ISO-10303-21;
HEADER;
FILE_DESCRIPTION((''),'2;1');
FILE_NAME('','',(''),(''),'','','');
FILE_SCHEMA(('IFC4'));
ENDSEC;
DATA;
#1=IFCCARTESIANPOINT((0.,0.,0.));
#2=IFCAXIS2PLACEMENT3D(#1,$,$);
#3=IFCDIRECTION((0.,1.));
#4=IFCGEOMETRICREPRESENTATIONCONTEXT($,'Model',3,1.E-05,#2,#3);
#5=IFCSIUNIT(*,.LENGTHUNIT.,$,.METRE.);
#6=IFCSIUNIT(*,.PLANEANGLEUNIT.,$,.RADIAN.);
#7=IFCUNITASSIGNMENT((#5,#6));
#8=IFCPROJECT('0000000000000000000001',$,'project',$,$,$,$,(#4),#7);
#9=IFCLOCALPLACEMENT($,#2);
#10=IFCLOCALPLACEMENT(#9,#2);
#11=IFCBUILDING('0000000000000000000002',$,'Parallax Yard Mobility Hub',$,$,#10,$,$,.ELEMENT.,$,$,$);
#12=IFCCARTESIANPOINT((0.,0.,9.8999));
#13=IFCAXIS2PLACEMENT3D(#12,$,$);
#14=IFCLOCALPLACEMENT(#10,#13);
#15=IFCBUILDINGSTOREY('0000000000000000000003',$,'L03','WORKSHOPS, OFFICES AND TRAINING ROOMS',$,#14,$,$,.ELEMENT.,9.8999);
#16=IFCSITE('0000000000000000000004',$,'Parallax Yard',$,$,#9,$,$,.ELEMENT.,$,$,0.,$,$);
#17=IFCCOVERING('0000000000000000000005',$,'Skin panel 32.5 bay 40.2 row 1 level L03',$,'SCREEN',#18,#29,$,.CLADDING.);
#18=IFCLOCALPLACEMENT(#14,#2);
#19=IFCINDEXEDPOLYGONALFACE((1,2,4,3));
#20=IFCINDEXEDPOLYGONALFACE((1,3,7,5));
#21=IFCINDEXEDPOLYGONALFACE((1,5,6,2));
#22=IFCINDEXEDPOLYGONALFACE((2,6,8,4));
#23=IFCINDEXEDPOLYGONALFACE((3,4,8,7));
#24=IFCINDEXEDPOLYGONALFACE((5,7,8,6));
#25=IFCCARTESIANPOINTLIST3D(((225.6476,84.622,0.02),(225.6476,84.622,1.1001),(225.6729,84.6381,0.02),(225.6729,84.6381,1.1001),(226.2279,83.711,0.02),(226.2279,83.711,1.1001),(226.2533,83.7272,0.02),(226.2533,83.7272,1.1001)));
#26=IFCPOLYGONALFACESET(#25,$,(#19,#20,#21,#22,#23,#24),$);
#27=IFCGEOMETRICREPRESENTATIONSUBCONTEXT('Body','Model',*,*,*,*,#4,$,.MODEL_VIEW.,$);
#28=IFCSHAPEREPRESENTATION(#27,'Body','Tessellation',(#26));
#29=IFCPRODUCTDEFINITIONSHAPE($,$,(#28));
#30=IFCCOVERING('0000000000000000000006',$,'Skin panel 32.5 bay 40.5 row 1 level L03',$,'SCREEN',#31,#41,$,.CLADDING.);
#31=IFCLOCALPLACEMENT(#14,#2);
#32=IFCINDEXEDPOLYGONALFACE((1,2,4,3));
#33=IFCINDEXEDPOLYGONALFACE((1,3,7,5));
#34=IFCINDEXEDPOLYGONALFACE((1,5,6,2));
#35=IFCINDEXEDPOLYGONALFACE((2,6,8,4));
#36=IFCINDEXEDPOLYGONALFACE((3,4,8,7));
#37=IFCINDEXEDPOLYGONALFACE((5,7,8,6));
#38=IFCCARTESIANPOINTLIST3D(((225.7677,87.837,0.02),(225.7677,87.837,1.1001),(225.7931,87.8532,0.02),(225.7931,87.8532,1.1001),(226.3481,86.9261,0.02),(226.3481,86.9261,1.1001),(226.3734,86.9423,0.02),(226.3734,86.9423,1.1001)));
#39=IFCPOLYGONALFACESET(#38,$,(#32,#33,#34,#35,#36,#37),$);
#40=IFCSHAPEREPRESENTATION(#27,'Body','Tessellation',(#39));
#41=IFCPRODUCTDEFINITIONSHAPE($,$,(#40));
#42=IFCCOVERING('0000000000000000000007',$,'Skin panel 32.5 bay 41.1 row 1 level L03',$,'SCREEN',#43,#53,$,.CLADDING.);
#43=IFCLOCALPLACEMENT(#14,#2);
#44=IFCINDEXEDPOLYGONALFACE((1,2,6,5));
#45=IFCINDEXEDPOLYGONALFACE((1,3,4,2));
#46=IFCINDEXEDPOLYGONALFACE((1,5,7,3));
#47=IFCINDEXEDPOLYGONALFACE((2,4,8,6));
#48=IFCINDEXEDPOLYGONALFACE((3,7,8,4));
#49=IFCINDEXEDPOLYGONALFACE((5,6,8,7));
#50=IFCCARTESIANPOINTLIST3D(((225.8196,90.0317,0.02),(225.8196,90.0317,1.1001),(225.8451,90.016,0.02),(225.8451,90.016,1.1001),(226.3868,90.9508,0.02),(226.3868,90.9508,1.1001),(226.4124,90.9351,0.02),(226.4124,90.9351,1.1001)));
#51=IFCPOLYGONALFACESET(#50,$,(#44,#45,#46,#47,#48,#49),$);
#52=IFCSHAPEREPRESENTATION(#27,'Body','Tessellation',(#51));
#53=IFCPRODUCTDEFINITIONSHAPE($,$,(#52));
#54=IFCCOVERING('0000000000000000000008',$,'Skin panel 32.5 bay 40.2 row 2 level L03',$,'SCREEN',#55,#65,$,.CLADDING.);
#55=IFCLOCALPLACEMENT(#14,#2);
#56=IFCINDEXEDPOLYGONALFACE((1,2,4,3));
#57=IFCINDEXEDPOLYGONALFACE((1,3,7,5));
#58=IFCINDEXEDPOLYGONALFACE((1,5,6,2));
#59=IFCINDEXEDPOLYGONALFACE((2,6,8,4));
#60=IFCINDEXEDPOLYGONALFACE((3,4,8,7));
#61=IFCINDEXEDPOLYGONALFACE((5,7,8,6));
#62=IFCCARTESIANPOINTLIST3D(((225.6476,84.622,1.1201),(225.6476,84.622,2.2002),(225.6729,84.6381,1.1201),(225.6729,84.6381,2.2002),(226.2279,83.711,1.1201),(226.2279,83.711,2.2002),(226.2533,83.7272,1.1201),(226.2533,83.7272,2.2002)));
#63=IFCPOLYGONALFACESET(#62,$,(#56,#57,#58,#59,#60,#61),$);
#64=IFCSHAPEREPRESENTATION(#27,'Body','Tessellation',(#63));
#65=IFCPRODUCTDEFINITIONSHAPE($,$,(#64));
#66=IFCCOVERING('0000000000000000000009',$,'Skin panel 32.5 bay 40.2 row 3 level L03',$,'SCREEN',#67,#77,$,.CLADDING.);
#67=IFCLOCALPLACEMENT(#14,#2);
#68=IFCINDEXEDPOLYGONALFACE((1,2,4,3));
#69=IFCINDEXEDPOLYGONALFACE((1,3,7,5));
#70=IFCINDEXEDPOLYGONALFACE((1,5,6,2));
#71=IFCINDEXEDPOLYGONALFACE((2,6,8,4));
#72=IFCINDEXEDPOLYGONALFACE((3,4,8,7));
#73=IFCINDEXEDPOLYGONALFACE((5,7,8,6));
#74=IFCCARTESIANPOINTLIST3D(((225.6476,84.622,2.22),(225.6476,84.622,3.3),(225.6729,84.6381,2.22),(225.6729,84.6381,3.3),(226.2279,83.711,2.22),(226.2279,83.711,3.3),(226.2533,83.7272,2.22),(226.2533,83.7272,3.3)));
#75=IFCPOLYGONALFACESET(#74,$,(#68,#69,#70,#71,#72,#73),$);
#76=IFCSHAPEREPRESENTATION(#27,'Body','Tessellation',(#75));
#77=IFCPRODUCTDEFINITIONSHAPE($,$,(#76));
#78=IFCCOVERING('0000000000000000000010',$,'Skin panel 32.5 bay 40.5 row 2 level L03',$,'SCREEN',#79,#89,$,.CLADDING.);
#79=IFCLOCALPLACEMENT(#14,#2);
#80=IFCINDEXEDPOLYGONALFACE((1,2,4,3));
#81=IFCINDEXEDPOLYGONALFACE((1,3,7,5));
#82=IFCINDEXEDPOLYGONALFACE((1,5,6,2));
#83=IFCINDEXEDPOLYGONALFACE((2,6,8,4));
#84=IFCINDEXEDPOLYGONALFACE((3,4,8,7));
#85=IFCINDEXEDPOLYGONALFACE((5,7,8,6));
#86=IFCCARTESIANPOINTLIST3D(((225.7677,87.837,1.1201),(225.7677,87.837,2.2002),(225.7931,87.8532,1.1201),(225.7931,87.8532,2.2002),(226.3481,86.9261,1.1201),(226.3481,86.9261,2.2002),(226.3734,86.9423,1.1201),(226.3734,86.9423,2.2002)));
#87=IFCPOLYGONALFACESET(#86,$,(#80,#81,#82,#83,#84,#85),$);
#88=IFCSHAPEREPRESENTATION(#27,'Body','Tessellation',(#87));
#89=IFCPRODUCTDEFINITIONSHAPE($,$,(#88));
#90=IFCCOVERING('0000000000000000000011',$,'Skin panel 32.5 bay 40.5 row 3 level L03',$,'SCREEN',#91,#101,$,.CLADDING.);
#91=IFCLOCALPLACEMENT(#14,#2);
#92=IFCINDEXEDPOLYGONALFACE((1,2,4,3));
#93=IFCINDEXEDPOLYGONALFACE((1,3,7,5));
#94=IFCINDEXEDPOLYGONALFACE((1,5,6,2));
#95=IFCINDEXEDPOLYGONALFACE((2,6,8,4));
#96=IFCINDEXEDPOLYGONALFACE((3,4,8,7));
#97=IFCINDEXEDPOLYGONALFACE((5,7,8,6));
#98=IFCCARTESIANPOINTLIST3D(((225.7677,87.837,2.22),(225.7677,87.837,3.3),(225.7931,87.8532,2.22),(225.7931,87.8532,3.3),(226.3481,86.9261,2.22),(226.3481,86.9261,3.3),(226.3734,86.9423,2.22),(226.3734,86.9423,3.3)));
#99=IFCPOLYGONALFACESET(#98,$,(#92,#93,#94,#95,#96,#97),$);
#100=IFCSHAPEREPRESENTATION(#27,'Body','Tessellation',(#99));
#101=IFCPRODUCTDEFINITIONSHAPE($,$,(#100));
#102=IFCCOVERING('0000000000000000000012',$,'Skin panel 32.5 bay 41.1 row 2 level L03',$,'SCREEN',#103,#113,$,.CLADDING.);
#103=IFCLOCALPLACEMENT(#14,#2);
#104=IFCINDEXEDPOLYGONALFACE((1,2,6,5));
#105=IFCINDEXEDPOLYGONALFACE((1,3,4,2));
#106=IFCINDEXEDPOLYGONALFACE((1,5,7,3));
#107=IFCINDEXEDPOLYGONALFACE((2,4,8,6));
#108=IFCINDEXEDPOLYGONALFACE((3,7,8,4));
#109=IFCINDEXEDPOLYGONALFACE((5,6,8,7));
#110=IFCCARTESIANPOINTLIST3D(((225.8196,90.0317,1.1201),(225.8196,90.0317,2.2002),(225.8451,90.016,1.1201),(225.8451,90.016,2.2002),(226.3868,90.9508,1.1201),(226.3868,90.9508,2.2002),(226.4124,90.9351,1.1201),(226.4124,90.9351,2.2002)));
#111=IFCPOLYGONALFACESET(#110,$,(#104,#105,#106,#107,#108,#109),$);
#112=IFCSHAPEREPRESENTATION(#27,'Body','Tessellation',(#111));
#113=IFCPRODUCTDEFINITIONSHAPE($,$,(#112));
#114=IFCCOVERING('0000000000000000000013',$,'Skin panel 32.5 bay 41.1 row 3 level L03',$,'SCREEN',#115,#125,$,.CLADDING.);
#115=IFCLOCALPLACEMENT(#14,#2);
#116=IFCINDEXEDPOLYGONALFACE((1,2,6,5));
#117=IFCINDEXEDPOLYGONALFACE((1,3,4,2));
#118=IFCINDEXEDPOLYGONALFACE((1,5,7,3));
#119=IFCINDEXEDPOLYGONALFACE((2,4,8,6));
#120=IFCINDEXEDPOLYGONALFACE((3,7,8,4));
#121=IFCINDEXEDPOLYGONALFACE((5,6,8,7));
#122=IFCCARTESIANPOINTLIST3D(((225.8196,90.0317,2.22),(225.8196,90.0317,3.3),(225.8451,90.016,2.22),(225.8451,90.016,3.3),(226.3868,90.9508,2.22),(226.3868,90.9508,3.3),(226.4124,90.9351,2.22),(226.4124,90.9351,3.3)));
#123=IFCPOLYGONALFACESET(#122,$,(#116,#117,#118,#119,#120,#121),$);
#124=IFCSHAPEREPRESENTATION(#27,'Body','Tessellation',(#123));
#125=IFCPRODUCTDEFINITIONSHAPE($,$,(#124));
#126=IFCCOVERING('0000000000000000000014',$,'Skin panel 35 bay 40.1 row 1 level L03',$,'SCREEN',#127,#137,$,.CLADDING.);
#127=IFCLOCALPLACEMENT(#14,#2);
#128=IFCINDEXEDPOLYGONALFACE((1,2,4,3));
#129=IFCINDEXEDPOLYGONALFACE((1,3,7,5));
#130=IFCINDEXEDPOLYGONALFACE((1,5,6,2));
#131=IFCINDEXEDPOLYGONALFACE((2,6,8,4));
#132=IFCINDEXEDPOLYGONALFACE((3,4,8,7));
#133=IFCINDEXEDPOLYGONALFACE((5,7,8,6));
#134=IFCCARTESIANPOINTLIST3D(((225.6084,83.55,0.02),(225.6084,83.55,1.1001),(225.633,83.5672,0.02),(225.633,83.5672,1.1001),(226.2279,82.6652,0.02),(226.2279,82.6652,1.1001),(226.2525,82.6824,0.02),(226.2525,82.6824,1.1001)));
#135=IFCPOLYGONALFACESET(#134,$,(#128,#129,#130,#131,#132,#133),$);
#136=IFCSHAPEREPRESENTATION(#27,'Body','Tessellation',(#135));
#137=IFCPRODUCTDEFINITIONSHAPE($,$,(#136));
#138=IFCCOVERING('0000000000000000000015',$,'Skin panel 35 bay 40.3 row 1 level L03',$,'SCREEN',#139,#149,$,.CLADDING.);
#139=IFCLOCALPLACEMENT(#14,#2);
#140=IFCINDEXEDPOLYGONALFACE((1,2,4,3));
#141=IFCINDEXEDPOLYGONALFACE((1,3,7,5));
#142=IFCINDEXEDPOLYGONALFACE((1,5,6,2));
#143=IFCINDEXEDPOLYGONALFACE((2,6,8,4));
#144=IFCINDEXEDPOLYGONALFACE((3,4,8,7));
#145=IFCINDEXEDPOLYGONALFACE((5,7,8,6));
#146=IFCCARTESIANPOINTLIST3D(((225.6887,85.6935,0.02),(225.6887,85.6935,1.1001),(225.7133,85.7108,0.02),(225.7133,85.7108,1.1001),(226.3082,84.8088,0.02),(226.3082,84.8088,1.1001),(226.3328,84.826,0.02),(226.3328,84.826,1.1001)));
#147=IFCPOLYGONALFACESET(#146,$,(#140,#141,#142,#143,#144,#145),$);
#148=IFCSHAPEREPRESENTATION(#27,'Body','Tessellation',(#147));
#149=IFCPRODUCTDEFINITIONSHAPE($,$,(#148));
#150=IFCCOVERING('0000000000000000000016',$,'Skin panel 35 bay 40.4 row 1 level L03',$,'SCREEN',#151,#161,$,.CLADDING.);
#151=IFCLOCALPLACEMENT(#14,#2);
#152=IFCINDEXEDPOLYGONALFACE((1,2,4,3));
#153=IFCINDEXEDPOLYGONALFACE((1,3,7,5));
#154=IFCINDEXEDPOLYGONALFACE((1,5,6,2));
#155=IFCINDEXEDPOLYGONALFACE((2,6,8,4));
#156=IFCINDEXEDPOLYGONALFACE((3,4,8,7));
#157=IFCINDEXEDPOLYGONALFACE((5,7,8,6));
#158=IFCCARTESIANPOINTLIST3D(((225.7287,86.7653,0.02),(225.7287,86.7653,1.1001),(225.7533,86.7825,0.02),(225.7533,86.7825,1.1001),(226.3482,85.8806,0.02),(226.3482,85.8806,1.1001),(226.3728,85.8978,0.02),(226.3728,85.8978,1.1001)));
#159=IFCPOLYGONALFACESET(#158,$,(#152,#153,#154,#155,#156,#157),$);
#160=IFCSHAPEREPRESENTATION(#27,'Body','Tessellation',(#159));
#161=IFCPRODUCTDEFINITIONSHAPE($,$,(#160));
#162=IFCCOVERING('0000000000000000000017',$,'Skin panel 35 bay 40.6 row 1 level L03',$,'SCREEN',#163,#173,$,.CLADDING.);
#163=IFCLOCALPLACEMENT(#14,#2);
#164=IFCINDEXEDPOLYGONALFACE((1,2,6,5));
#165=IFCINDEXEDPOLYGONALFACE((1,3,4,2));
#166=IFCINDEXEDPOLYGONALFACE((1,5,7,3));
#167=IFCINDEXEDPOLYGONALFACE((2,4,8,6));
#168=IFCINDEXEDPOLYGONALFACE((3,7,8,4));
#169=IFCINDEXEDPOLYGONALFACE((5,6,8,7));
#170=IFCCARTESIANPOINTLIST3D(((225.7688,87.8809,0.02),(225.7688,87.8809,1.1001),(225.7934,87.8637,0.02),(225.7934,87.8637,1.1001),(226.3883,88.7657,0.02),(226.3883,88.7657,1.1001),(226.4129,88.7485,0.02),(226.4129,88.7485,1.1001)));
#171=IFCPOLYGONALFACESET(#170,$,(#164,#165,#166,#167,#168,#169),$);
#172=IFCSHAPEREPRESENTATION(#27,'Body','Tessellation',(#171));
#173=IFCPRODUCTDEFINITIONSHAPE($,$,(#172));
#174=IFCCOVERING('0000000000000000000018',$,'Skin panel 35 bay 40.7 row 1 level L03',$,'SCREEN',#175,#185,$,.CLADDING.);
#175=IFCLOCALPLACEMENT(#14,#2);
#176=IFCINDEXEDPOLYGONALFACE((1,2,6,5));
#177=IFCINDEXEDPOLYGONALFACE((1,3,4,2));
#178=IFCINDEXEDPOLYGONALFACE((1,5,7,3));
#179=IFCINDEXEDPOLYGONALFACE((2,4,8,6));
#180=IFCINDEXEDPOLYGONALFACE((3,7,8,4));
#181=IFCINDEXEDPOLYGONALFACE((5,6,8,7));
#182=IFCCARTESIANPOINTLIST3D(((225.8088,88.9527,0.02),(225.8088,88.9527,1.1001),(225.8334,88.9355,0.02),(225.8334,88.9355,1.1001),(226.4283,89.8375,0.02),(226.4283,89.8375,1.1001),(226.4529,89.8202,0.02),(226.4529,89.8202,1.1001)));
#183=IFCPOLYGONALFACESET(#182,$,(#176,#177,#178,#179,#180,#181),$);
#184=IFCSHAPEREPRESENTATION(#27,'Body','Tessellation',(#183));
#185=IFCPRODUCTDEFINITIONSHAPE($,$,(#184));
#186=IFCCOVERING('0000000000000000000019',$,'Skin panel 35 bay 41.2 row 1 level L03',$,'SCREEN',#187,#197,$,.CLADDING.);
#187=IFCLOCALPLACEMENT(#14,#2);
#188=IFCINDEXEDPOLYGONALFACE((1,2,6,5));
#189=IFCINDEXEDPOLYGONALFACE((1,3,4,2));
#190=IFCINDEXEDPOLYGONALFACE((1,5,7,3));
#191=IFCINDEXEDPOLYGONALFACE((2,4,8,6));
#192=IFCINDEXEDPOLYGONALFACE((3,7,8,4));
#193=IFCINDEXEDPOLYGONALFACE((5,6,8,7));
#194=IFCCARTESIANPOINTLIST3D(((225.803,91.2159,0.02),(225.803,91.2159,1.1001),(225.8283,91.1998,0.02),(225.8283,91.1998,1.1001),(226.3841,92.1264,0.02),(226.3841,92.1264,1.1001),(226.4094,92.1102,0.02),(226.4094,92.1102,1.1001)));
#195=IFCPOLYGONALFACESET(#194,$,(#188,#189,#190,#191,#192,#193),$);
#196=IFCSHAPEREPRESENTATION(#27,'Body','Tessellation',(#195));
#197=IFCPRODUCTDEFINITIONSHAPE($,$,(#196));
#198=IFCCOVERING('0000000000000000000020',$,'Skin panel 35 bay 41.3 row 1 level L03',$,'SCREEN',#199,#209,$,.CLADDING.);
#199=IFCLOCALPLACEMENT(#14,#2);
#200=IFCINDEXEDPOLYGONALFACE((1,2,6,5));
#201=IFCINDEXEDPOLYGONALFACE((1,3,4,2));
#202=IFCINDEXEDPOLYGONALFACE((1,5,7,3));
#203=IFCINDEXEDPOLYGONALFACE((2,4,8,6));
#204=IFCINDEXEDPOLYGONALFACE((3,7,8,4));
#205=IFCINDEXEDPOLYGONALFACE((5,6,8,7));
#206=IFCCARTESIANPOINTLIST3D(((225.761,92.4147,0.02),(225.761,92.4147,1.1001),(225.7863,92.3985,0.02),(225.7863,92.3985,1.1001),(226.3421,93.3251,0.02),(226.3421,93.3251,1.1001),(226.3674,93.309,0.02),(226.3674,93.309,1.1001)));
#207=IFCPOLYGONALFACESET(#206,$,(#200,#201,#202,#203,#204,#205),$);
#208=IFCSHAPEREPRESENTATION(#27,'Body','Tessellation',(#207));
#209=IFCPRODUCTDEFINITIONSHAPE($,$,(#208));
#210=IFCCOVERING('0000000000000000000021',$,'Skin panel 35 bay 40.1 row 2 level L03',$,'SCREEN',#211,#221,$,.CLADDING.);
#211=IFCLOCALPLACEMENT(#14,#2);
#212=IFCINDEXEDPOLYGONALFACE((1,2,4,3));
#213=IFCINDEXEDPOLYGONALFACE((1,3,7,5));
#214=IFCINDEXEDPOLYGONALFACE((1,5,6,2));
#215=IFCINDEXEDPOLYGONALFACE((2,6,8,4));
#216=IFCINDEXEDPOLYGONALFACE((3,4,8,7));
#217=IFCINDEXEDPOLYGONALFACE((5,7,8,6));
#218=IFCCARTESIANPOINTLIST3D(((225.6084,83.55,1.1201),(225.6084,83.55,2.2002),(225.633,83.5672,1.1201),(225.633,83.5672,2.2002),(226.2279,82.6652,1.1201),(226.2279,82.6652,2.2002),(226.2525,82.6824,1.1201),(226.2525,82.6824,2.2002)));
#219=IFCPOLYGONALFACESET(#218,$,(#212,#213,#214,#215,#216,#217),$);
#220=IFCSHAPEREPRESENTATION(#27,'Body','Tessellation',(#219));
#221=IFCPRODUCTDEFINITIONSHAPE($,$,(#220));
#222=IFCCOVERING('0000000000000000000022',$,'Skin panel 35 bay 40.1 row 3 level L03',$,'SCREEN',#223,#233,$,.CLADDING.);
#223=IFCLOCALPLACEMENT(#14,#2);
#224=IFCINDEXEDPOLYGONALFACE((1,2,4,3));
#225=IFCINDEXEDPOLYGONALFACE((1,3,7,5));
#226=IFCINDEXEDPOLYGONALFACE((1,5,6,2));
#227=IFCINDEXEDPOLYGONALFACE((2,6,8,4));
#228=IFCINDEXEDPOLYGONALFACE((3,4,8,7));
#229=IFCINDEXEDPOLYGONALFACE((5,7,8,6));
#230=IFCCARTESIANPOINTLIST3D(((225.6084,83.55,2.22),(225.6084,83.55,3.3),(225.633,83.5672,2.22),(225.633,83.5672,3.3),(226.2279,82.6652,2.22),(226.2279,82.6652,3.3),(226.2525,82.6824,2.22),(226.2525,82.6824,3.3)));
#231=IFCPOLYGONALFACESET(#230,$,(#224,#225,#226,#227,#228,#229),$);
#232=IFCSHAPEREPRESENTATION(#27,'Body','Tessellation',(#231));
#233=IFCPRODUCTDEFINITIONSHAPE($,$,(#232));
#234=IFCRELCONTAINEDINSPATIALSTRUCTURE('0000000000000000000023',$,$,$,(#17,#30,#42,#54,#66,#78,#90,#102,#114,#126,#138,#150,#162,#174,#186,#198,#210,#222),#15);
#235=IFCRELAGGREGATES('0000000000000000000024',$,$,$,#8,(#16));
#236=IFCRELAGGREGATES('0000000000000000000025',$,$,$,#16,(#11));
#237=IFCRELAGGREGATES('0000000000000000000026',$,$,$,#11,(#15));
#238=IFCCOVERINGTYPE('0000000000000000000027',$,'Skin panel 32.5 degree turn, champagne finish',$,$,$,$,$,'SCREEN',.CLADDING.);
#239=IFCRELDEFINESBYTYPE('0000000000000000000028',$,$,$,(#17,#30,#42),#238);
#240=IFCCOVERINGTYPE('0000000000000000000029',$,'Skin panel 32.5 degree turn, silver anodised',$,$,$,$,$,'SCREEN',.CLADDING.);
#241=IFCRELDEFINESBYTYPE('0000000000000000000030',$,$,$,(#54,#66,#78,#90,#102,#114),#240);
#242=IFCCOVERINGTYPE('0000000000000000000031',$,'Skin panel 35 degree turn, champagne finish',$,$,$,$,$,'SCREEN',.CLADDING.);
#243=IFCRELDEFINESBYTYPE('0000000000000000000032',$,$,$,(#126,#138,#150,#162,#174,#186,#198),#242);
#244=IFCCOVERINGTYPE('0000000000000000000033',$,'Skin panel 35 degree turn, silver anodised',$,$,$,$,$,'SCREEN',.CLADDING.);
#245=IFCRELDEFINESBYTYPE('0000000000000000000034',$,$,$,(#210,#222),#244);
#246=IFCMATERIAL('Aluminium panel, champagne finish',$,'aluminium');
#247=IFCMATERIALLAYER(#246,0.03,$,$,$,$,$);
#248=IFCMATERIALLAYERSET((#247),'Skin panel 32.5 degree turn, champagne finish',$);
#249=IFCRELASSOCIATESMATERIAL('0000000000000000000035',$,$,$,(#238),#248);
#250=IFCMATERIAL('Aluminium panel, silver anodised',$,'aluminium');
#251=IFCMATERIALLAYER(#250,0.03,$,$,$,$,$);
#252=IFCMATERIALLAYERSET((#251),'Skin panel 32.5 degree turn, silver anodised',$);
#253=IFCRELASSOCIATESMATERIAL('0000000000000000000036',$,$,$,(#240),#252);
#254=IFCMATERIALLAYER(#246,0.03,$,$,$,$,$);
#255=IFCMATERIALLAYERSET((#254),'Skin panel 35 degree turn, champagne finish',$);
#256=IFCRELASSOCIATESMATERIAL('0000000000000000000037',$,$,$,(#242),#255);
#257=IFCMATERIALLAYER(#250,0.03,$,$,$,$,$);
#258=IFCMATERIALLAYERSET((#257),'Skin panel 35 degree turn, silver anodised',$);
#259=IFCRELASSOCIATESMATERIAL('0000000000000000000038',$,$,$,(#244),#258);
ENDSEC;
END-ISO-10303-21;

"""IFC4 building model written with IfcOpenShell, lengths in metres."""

from ifc_helpers import new_model, si_unit, direction, frame, origin, origin_2d, place, context, subcontext, project, spatial, rectangle, extrude, material, layer, layer_set, type_object, element, save


model = new_model("IFC4")

# Units and contexts
model_context = context("Model", 3, precision=1e-05, world=origin(), true_north=direction((0.0, 1.0)))
body_context = subcontext(model_context, "Body", "Model", "MODEL_VIEW")
ifc_project = project(units=[si_unit("LENGTHUNIT", "METRE"), si_unit("PLANEANGLEUNIT", "RADIAN")], contexts=[model_context])

# Site, building, storey
site_placement = place(None, origin())
site = spatial("IfcSite", under=ifc_project, at=site_placement, Name="Parallax Yard", CompositionType="ELEMENT", RefElevation=0.0)
building_placement = place(site_placement, origin())
building = spatial("IfcBuilding", under=site, at=building_placement, Name="Parallax Yard Mobility Hub", CompositionType="ELEMENT")
storey_placement = place(building_placement, frame((0.0, 0.0, 9.8999)))
storey = spatial("IfcBuildingStorey", under=building, at=storey_placement, Name="L03", Description="WORKSHOPS, OFFICES AND TRAINING ROOMS", CompositionType="ELEMENT", Elevation=9.8999)

# Coverings
ifc_material_1 = material(Name="Aluminium panel, champagne finish", Category="aluminium")
ifc_layer_1 = layer(ifc_material_1, 0.03)
ifc_layer_set_1 = layer_set([ifc_layer_1], Name="Skin panel 32.5 degree turn, champagne finish")
covering_type_1 = type_object("IfcCoveringType", Name="Skin panel 32.5 degree turn, champagne finish", ElementType="SCREEN", PredefinedType="CLADDING", material=ifc_layer_set_1)
for number, where, z_axis, x_axis, name in (
    (1, (225.9504, 84.1746, 0.02), (0.0, 0.0, 1.0), (0.5373, -0.843391, 0.0), "Skin panel 32.5 bay 40.2 row 1 level L03"),
    (2, (226.0706, 87.3896, 0.02), (0.0, 0.0, 1.0), (0.5373, -0.843391, 0.0), "Skin panel 32.5 bay 40.5 row 1 level L03"),
    (3, (226.116, 90.4834, 0.02), (0.0, 0.0, 1.0), (0.525201, 0.850978, 0.0), "Skin panel 32.5 bay 41.1 row 1 level L03"),
):
    element("IfcCovering", number, at=place(storey_placement, frame(where, z_axis=z_axis, x_axis=x_axis)), inside=storey, type_object=covering_type_1, Name=name, ObjectType="SCREEN", PredefinedType="CLADDING", context=body_context, shape_type="SweptSolid", body=[
        extrude(rectangle(XDim=1.0801, YDim=0.03, at=origin_2d()), origin(), (0.0, 0.0, 1.0), 1.0801),
    ])
ifc_material_2 = material(Name="Aluminium panel, silver anodised", Category="aluminium")
ifc_layer_2 = layer(ifc_material_2, 0.03)
ifc_layer_set_2 = layer_set([ifc_layer_2], Name="Skin panel 32.5 degree turn, silver anodised")
covering_type_2 = type_object("IfcCoveringType", Name="Skin panel 32.5 degree turn, silver anodised", ElementType="SCREEN", PredefinedType="CLADDING", material=ifc_layer_set_2)
for number, where, z_axis, x_axis, name in (
    (4, (225.9504, 84.1746, 1.1201), (0.0, 0.0, 1.0), (0.5373, -0.843391, 0.0), "Skin panel 32.5 bay 40.2 row 2 level L03"),
    (5, (225.9504, 84.1746, 2.22), (0.0, 0.0, 1.0), (0.5373, -0.843391, 0.0), "Skin panel 32.5 bay 40.2 row 3 level L03"),
    (6, (226.0706, 87.3896, 1.1201), (0.0, 0.0, 1.0), (0.5373, -0.843391, 0.0), "Skin panel 32.5 bay 40.5 row 2 level L03"),
    (7, (226.0706, 87.3896, 2.22), (0.0, 0.0, 1.0), (0.5373, -0.843391, 0.0), "Skin panel 32.5 bay 40.5 row 3 level L03"),
    (8, (226.116, 90.4834, 1.1201), (0.0, 0.0, 1.0), (0.525201, 0.850978, 0.0), "Skin panel 32.5 bay 41.1 row 2 level L03"),
    (9, (226.116, 90.4834, 2.22), (0.0, 0.0, 1.0), (0.525201, 0.850978, 0.0), "Skin panel 32.5 bay 41.1 row 3 level L03"),
):
    element("IfcCovering", number, at=place(storey_placement, frame(where, z_axis=z_axis, x_axis=x_axis)), inside=storey, type_object=covering_type_2, Name=name, ObjectType="SCREEN", PredefinedType="CLADDING", context=body_context, shape_type="SweptSolid", body=[
        extrude(rectangle(XDim=1.0801, YDim=0.03, at=origin_2d()), origin(), (0.0, 0.0, 1.0), 1.0801),
    ])
ifc_layer_3 = layer(ifc_material_1, 0.03)
ifc_layer_set_3 = layer_set([ifc_layer_3], Name="Skin panel 35 degree turn, champagne finish")
covering_type_3 = type_object("IfcCoveringType", Name="Skin panel 35 degree turn, champagne finish", ElementType="SCREEN", PredefinedType="CLADDING", material=ifc_layer_set_3)
for number, where, z_axis, x_axis, name in (
    (10, (225.9304, 83.1162, 0.02), (0.0, 0.0, 1.0), (0.573576, -0.819152, 0.0), "Skin panel 35 bay 40.1 row 1 level L03"),
    (11, (226.0107, 85.2598, 0.02), (0.0, 0.0, 1.0), (0.573576, -0.819152, 0.0), "Skin panel 35 bay 40.3 row 1 level L03"),
    (12, (226.0508, 86.3315, 0.02), (0.0, 0.0, 1.0), (0.573576, -0.819152, 0.0), "Skin panel 35 bay 40.4 row 1 level L03"),
    (13, (226.0908, 88.3147, 0.02), (0.0, 0.0, 1.0), (0.573576, 0.819152, 0.0), "Skin panel 35 bay 40.6 row 1 level L03"),
    (14, (226.1309, 89.3865, 0.02), (0.0, 0.0, 1.0), (0.573576, 0.819152, 0.0), "Skin panel 35 bay 40.7 row 1 level L03"),
    (15, (226.1062, 91.6631, 0.02), (0.0, 0.0, 1.0), (0.537969, 0.842964, 0.0), "Skin panel 35 bay 41.2 row 1 level L03"),
    (16, (226.0642, 92.8618, 0.02), (0.0, 0.0, 1.0), (0.537969, 0.842964, 0.0), "Skin panel 35 bay 41.3 row 1 level L03"),
):
    element("IfcCovering", number, at=place(storey_placement, frame(where, z_axis=z_axis, x_axis=x_axis)), inside=storey, type_object=covering_type_3, Name=name, ObjectType="SCREEN", PredefinedType="CLADDING", context=body_context, shape_type="SweptSolid", body=[
        extrude(rectangle(XDim=1.0801, YDim=0.03, at=origin_2d()), origin(), (0.0, 0.0, 1.0), 1.0801),
    ])
ifc_layer_4 = layer(ifc_material_2, 0.03)
ifc_layer_set_4 = layer_set([ifc_layer_4], Name="Skin panel 35 degree turn, silver anodised")
covering_type_4 = type_object("IfcCoveringType", Name="Skin panel 35 degree turn, silver anodised", ElementType="SCREEN", PredefinedType="CLADDING", material=ifc_layer_set_4)
for number, where, z_axis, x_axis, name in (
    (17, (225.9304, 83.1162, 1.1201), (0.0, 0.0, 1.0), (0.573576, -0.819152, 0.0), "Skin panel 35 bay 40.1 row 2 level L03"),
    (18, (225.9304, 83.1162, 2.22), (0.0, 0.0, 1.0), (0.573576, -0.819152, 0.0), "Skin panel 35 bay 40.1 row 3 level L03"),
):
    element("IfcCovering", number, at=place(storey_placement, frame(where, z_axis=z_axis, x_axis=x_axis)), inside=storey, type_object=covering_type_4, Name=name, ObjectType="SCREEN", PredefinedType="CLADDING", context=body_context, shape_type="SweptSolid", body=[
        extrude(rectangle(XDim=1.0801, YDim=0.03, at=origin_2d()), origin(), (0.0, 0.0, 1.0), 1.0801),
    ])

save(model, "model.ifc")
